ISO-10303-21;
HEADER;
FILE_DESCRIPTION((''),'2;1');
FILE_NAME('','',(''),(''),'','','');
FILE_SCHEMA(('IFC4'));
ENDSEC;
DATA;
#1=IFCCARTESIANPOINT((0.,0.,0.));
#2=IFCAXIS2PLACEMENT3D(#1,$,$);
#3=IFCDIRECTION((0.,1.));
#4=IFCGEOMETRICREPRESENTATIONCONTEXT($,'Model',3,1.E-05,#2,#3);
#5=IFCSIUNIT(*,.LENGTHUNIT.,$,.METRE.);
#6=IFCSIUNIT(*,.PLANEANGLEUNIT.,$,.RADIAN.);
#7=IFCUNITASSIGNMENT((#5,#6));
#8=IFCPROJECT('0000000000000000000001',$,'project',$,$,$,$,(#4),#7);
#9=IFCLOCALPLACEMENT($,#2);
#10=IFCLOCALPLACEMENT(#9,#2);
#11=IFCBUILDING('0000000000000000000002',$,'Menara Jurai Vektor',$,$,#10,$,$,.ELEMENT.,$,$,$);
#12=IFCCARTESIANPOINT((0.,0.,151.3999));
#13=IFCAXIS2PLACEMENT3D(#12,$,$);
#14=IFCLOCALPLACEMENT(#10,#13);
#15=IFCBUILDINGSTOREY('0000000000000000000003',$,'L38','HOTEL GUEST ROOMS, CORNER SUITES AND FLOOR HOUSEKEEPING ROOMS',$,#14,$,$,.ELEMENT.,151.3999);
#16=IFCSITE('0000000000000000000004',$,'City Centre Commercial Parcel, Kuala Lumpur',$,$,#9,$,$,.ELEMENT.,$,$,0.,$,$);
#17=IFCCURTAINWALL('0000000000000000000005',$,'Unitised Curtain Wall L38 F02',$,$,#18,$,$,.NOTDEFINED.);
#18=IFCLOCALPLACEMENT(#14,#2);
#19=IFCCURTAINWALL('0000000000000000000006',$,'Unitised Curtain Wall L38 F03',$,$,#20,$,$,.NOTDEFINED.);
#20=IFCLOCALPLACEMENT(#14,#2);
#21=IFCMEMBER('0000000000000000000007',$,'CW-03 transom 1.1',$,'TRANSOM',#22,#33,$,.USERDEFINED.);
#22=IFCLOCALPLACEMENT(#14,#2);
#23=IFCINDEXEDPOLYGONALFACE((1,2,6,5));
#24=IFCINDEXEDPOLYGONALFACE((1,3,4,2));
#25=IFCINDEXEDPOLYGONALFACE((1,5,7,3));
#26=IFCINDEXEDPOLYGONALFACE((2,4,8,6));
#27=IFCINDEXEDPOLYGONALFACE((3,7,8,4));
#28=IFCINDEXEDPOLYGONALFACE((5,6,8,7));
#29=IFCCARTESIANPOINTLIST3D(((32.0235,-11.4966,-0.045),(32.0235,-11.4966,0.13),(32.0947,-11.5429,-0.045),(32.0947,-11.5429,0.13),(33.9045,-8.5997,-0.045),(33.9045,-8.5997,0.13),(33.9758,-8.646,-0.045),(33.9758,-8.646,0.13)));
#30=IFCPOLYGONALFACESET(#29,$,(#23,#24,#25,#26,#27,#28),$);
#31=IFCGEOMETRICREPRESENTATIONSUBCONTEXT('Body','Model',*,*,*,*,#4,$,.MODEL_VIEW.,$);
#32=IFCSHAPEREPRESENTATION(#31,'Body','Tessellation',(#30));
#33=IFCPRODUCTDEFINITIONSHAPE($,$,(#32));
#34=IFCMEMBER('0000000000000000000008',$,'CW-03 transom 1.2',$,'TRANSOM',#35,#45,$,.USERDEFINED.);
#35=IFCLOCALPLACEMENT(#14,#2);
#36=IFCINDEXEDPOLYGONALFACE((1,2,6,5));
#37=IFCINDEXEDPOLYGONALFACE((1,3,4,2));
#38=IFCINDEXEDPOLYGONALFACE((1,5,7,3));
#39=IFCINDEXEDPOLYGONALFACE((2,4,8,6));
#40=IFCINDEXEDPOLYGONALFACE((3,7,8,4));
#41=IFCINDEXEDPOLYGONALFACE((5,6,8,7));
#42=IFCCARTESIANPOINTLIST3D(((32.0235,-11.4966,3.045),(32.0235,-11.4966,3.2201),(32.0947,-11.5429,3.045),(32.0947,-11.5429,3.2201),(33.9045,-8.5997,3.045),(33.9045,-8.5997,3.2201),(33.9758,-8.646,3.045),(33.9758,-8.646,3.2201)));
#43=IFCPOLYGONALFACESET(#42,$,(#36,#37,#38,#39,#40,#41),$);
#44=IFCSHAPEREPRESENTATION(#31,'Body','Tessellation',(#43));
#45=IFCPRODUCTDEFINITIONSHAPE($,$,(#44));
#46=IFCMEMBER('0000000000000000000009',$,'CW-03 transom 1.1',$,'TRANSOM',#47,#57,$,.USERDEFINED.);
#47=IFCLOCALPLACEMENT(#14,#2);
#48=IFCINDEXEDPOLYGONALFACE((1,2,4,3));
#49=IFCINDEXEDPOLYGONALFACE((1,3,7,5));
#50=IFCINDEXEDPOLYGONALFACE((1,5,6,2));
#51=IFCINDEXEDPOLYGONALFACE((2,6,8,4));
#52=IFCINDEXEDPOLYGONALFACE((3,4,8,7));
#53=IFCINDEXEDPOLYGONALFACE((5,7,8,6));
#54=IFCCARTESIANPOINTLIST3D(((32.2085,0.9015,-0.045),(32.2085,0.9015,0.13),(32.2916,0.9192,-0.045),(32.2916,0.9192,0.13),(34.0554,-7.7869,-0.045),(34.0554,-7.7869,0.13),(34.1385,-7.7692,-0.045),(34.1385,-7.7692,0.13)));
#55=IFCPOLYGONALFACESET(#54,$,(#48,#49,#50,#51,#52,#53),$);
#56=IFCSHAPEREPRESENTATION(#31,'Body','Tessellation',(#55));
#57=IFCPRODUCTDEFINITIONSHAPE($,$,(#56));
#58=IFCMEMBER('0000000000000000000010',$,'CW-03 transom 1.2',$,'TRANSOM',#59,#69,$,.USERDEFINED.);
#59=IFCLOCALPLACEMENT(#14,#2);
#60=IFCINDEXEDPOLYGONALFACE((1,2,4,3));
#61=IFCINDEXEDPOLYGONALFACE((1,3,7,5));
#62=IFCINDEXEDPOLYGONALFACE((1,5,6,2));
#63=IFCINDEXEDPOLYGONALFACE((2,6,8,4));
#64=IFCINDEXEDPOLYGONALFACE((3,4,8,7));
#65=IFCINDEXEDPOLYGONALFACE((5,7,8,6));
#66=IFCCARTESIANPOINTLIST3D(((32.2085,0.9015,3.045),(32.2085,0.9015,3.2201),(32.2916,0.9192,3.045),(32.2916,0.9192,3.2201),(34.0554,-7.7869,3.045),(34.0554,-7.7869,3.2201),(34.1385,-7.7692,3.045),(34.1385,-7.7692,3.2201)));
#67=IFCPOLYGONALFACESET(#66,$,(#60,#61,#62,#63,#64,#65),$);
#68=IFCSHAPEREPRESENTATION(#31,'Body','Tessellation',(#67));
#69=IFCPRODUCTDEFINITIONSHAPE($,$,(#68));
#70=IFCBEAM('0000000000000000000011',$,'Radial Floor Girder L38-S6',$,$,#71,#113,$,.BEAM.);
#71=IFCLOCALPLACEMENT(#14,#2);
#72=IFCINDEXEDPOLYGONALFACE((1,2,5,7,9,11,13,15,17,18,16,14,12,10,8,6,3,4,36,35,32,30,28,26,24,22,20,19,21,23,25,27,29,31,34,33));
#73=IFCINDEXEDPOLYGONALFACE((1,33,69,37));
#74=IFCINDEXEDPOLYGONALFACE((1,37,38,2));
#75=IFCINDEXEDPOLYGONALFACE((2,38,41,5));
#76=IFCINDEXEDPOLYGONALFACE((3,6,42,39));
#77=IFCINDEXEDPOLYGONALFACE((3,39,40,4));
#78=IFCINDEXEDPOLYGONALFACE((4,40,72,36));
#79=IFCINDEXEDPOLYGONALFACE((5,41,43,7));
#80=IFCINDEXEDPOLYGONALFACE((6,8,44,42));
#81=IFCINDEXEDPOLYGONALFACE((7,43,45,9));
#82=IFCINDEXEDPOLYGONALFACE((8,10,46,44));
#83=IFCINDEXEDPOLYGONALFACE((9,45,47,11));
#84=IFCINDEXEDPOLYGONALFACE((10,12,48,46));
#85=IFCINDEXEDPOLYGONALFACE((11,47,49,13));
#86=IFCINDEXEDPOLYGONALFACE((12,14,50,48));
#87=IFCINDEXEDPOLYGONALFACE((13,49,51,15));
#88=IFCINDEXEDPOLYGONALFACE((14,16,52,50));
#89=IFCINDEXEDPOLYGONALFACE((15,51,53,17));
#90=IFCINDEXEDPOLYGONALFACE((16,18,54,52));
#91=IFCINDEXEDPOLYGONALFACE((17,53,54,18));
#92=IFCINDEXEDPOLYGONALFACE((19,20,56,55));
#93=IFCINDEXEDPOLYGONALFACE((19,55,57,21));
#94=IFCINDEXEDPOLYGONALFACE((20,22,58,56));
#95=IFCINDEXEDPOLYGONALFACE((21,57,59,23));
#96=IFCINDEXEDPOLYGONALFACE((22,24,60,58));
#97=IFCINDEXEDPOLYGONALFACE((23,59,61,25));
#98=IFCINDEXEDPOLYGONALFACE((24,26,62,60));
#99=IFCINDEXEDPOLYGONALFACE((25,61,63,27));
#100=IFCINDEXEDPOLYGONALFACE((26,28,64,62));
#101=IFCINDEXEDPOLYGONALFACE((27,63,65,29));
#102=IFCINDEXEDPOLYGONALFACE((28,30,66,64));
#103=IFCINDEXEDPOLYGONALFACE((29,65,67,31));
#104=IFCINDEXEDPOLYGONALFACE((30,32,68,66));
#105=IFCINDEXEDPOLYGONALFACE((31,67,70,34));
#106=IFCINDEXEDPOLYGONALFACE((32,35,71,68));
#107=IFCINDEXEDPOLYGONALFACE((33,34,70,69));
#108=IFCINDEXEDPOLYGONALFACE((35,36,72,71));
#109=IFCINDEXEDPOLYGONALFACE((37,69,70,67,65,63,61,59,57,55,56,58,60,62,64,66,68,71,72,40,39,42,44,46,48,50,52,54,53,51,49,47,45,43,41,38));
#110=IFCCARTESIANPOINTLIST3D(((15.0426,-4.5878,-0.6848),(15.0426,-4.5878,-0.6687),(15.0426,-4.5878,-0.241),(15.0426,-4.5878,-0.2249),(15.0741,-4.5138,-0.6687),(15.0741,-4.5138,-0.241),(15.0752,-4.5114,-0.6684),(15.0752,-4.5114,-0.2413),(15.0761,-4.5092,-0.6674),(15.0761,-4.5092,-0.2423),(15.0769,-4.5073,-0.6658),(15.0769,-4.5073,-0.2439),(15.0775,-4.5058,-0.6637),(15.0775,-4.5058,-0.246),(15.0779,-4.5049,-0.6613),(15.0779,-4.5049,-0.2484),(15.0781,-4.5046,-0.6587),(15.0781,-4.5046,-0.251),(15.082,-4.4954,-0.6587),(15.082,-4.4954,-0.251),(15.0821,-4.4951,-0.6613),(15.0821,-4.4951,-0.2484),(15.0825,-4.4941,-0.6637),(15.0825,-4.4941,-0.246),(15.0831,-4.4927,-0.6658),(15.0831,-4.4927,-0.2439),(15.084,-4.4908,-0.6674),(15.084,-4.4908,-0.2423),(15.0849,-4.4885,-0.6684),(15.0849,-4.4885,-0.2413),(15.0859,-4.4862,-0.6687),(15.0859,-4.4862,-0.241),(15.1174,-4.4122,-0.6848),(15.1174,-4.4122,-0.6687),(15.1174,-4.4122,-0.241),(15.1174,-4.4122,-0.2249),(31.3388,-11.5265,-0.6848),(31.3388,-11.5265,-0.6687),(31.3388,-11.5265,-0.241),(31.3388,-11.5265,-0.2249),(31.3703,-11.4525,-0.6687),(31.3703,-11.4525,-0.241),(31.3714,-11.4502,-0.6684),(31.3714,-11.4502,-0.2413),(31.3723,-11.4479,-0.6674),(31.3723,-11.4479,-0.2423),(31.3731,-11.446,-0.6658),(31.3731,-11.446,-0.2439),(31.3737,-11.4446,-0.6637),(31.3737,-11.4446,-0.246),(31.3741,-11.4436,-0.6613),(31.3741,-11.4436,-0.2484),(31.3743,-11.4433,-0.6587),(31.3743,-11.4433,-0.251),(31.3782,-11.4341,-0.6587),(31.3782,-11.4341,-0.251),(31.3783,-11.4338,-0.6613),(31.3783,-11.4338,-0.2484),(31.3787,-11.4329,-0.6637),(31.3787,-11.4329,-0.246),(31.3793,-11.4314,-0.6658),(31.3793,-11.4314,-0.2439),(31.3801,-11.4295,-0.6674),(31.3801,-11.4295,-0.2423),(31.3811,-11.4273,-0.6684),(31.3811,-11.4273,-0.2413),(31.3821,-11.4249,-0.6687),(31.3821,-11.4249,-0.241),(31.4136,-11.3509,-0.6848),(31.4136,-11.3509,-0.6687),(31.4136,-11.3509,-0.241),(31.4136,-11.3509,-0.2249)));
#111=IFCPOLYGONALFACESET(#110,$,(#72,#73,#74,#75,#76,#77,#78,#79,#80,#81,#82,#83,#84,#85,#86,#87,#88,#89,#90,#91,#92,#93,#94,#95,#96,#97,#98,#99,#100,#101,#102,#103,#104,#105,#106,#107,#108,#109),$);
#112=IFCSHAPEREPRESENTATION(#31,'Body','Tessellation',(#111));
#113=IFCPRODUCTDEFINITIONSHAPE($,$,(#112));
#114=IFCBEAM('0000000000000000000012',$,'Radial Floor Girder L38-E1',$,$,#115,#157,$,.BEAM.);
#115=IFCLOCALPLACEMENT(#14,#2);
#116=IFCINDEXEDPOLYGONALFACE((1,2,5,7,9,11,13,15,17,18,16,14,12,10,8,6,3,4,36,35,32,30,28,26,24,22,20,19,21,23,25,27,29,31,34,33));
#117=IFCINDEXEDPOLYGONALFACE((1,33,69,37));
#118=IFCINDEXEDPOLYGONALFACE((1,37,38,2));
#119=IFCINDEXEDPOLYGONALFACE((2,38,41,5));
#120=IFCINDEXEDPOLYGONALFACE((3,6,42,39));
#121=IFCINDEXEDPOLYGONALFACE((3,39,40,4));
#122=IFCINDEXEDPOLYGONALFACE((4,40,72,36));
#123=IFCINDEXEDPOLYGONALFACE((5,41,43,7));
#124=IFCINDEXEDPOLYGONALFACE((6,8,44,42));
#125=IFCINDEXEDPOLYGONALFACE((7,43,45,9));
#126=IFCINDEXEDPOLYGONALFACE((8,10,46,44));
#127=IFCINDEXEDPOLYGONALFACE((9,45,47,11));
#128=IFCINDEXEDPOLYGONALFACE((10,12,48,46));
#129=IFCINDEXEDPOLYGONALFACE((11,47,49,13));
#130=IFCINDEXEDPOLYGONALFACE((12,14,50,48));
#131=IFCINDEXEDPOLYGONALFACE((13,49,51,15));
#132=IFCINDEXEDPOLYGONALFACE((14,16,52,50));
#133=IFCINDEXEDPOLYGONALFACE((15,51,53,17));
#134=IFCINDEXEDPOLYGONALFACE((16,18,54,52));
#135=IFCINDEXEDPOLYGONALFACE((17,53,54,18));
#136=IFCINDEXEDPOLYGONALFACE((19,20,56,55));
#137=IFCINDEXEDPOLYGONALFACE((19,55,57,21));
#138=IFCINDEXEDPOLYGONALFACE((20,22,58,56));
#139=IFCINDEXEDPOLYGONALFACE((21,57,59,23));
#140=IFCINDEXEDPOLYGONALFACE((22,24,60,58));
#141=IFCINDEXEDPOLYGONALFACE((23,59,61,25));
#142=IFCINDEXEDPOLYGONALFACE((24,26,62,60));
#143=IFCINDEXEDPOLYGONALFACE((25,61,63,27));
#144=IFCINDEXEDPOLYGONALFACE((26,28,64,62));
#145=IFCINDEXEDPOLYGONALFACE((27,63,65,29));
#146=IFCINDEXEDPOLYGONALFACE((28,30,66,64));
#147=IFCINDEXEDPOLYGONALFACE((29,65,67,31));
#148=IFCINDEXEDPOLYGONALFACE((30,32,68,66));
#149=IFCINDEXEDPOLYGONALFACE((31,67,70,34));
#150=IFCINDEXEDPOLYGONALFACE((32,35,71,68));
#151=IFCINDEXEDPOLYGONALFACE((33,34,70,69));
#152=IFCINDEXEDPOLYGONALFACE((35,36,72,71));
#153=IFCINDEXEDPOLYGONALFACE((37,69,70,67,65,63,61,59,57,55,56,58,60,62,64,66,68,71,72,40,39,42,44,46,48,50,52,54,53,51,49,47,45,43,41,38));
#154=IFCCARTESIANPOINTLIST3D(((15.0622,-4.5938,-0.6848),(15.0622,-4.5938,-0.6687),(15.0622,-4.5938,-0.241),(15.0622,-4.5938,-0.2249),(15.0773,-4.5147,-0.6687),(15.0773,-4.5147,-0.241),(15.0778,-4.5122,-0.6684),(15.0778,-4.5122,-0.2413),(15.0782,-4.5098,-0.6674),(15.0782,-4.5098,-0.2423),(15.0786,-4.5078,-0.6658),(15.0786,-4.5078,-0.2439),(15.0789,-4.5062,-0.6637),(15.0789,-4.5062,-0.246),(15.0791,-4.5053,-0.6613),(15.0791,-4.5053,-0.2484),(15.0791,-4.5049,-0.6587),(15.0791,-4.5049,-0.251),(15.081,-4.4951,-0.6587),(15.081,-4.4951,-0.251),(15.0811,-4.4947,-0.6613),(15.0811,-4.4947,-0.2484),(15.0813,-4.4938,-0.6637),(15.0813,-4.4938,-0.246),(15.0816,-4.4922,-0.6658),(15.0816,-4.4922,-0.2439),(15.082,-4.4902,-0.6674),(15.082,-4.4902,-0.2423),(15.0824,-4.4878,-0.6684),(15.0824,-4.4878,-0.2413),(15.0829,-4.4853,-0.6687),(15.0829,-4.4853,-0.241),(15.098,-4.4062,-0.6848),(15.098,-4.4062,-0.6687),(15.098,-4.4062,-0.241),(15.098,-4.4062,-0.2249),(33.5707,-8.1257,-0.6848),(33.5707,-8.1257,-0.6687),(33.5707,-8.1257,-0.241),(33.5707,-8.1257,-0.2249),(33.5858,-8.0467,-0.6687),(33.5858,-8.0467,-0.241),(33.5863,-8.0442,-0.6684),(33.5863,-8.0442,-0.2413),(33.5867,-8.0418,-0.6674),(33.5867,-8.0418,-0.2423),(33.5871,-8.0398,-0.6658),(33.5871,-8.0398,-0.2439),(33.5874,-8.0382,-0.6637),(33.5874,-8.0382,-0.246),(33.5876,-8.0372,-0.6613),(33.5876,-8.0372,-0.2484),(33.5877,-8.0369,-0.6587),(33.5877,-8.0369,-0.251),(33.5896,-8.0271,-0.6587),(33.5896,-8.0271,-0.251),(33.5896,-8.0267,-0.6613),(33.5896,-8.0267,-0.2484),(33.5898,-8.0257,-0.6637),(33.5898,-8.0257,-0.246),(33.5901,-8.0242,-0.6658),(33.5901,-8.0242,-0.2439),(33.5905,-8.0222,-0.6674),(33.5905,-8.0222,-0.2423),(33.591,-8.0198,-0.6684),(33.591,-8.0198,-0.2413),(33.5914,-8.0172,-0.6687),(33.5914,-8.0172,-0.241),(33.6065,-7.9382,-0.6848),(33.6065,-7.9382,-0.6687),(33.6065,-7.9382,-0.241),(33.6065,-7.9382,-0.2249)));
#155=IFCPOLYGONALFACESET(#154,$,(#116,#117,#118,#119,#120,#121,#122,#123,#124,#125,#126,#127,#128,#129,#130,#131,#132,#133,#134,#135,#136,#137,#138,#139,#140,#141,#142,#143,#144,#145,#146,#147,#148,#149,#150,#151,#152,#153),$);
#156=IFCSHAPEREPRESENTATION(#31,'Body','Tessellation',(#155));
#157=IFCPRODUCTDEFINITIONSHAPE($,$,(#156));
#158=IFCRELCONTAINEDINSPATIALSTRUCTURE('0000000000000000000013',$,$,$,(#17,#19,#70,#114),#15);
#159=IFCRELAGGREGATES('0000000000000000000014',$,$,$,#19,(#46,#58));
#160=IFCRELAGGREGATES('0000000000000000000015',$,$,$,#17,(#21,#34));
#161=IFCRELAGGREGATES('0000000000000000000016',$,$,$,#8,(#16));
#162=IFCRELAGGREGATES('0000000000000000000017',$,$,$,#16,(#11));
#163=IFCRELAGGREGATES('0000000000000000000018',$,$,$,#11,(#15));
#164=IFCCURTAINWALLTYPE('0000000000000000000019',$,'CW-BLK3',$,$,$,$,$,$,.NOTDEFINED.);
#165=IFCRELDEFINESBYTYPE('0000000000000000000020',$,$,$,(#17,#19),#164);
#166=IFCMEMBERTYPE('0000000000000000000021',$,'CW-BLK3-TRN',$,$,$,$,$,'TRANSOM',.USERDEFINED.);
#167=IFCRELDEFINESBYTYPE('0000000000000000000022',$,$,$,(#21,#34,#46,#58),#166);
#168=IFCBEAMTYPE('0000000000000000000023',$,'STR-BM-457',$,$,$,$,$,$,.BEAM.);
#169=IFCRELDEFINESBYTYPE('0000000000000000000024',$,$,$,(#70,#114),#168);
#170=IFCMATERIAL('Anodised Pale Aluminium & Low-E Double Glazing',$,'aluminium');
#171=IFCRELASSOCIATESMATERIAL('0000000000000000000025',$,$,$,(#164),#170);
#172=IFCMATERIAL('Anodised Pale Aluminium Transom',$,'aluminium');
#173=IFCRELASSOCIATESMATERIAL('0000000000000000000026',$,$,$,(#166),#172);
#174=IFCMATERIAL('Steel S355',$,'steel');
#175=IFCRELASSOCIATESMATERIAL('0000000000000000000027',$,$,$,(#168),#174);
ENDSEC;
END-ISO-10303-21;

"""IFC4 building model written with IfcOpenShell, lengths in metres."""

from ifc_helpers import new_model, si_unit, direction, frame, origin, origin_2d, place, context, subcontext, project, spatial, rectangle, i_section, extrude, material, material_profile, profile_set, type_object, element, aggregate, save


model = new_model("IFC4")

# Units and contexts
model_context = context("Model", 3, precision=1e-05, world=origin(), true_north=direction((0.0, 1.0)))
body_context = subcontext(model_context, "Body", "Model", "MODEL_VIEW")
ifc_project = project(units=[si_unit("LENGTHUNIT", "METRE"), si_unit("PLANEANGLEUNIT", "RADIAN")], contexts=[model_context])

# Site, building, storey
site_placement = place(None, origin())
site = spatial("IfcSite", under=ifc_project, at=site_placement, Name="City Centre Commercial Parcel, Kuala Lumpur", CompositionType="ELEMENT", RefElevation=0.0)
building_placement = place(site_placement, origin())
building = spatial("IfcBuilding", under=site, at=building_placement, Name="Menara Jurai Vektor", CompositionType="ELEMENT")
storey_placement = place(building_placement, frame((0.0, 0.0, 151.3999)))
storey = spatial("IfcBuildingStorey", under=building, at=storey_placement, Name="L38", Description="HOTEL GUEST ROOMS, CORNER SUITES AND FLOOR HOUSEKEEPING ROOMS", CompositionType="ELEMENT", Elevation=151.3999)

# Curtain wall
ifc_material_1 = material(Name="Anodised Pale Aluminium & Low-E Double Glazing", Category="aluminium")
curtain_wall_type = type_object("IfcCurtainWallType", Name="CW-BLK3", PredefinedType="NOTDEFINED", material=ifc_material_1)
curtain_wall_1_placement = place(storey_placement, origin())
curtain_wall_1 = element("IfcCurtainWall", 1, at=curtain_wall_1_placement, inside=storey, type_object=curtain_wall_type, Name="Unitised Curtain Wall L38 F02", PredefinedType="NOTDEFINED")

# Curtain wall
curtain_wall_2_placement = place(storey_placement, origin())
curtain_wall_2 = element("IfcCurtainWall", 2, at=curtain_wall_2_placement, inside=storey, type_object=curtain_wall_type, Name="Unitised Curtain Wall L38 F03", PredefinedType="NOTDEFINED")

# Members
ifc_material_2 = material(Name="Anodised Pale Aluminium Transom", Category="aluminium")
ifc_material_profile_1 = material_profile(ifc_material_2, rectangle(XDim=0.085, YDim=0.175, at=origin_2d()), Name="ALU TRN 85x175")
ifc_profile_set_1 = profile_set([ifc_material_profile_1], Name="Anodised Pale Aluminium Transom")
member_type_1 = type_object("IfcMemberType", Name="CW-BLK3-TRN", ElementType="TRANSOM", PredefinedType="USERDEFINED", material=ifc_profile_set_1)
member_1_placement = place(storey_placement, frame((32.0591, -11.5198, 0.0425), z_axis=(0.544596, 0.838699, 0.0), x_axis=(-0.838699, 0.544596, 0.0)))
member_1 = element("IfcMember", 3, at=member_1_placement, type_object=member_type_1, Name="CW-03 transom 1.1", ObjectType="TRANSOM", PredefinedType="USERDEFINED", context=body_context, shape_type="SweptSolid", body=[
    extrude(rectangle(XDim=0.085, YDim=0.175, at=origin_2d()), origin(), (0.0, 0.0, 1.0), 3.4541),
])
member_2_placement = place(storey_placement, frame((32.0591, -11.5198, 3.1326), z_axis=(0.544596, 0.838699, 0.0), x_axis=(-0.838699, 0.544596, 0.0)))
member_2 = element("IfcMember", 4, at=member_2_placement, type_object=member_type_1, Name="CW-03 transom 1.2", ObjectType="TRANSOM", PredefinedType="USERDEFINED", context=body_context, shape_type="SweptSolid", body=[
    extrude(rectangle(XDim=0.085, YDim=0.175, at=origin_2d()), origin(), (0.0, 0.0, 1.0), 3.4541),
])
member_3_placement = place(storey_placement, frame((34.0969, -7.7781, 0.0425), z_axis=(-0.207926, 0.978145, 0.0), x_axis=(-0.978145, -0.207926, 0.0)))
member_3 = element("IfcMember", 5, at=member_3_placement, type_object=member_type_1, Name="CW-03 transom 1.1", ObjectType="TRANSOM", PredefinedType="USERDEFINED", context=body_context, shape_type="SweptSolid", body=[
    extrude(rectangle(XDim=0.085, YDim=0.175, at=origin_2d()), origin(), (0.0, 0.0, 1.0), 8.8826),
])
member_4_placement = place(storey_placement, frame((34.0969, -7.7781, 3.1326), z_axis=(-0.207926, 0.978145, 0.0), x_axis=(-0.978145, -0.207926, 0.0)))
member_4 = element("IfcMember", 6, at=member_4_placement, type_object=member_type_1, Name="CW-03 transom 1.2", ObjectType="TRANSOM", PredefinedType="USERDEFINED", context=body_context, shape_type="SweptSolid", body=[
    extrude(rectangle(XDim=0.085, YDim=0.175, at=origin_2d()), origin(), (0.0, 0.0, 1.0), 8.8826),
])

# Beams
ifc_material_3 = material(Name="Steel S355", Category="steel")
ifc_material_profile_2 = material_profile(ifc_material_3, i_section(OverallWidth=0.1909, OverallDepth=0.46, WebThickness=0.01, FlangeThickness=0.0161, FilletRadius=0.01, at=origin_2d()), Name="UKB 457x191x82")
ifc_profile_set_2 = profile_set([ifc_material_profile_2], Name="Steel S355")
beam_type_1 = type_object("IfcBeamType", Name="STR-BM-457", PredefinedType="BEAM", material=ifc_profile_set_2)
beam_1_placement = place(storey_placement, frame((31.3762, -11.4387, -0.4548), z_axis=(-0.920069, 0.391756, 0.0), x_axis=(-0.391756, -0.920069, 0.0)))
element("IfcBeam", 7, at=beam_1_placement, inside=storey, type_object=beam_type_1, Name="Radial Floor Girder L38-S6", PredefinedType="BEAM", context=body_context, shape_type="SweptSolid", body=[
    extrude(i_section(OverallWidth=0.1909, OverallDepth=0.46, WebThickness=0.01, FlangeThickness=0.0161, FilletRadius=0.01, at=origin_2d()), origin(), (0.0, 0.0, 1.0), 17.7119),
])
beam_2_placement = place(storey_placement, frame((33.5886, -8.032, -0.4548), z_axis=(-0.982275, 0.187447, 0.0), x_axis=(-0.187447, -0.982275, 0.0)))
element("IfcBeam", 8, at=beam_2_placement, inside=storey, type_object=beam_type_1, Name="Radial Floor Girder L38-E1", PredefinedType="BEAM", context=body_context, shape_type="SweptSolid", body=[
    extrude(i_section(OverallWidth=0.1909, OverallDepth=0.46, WebThickness=0.01, FlangeThickness=0.0161, FilletRadius=0.01, at=origin_2d()), origin(), (0.0, 0.0, 1.0), 18.8425),
])

aggregate(curtain_wall_2, [member_3, member_4])
aggregate(curtain_wall_1, [member_1, member_2])

save(model, "model.ifc")
